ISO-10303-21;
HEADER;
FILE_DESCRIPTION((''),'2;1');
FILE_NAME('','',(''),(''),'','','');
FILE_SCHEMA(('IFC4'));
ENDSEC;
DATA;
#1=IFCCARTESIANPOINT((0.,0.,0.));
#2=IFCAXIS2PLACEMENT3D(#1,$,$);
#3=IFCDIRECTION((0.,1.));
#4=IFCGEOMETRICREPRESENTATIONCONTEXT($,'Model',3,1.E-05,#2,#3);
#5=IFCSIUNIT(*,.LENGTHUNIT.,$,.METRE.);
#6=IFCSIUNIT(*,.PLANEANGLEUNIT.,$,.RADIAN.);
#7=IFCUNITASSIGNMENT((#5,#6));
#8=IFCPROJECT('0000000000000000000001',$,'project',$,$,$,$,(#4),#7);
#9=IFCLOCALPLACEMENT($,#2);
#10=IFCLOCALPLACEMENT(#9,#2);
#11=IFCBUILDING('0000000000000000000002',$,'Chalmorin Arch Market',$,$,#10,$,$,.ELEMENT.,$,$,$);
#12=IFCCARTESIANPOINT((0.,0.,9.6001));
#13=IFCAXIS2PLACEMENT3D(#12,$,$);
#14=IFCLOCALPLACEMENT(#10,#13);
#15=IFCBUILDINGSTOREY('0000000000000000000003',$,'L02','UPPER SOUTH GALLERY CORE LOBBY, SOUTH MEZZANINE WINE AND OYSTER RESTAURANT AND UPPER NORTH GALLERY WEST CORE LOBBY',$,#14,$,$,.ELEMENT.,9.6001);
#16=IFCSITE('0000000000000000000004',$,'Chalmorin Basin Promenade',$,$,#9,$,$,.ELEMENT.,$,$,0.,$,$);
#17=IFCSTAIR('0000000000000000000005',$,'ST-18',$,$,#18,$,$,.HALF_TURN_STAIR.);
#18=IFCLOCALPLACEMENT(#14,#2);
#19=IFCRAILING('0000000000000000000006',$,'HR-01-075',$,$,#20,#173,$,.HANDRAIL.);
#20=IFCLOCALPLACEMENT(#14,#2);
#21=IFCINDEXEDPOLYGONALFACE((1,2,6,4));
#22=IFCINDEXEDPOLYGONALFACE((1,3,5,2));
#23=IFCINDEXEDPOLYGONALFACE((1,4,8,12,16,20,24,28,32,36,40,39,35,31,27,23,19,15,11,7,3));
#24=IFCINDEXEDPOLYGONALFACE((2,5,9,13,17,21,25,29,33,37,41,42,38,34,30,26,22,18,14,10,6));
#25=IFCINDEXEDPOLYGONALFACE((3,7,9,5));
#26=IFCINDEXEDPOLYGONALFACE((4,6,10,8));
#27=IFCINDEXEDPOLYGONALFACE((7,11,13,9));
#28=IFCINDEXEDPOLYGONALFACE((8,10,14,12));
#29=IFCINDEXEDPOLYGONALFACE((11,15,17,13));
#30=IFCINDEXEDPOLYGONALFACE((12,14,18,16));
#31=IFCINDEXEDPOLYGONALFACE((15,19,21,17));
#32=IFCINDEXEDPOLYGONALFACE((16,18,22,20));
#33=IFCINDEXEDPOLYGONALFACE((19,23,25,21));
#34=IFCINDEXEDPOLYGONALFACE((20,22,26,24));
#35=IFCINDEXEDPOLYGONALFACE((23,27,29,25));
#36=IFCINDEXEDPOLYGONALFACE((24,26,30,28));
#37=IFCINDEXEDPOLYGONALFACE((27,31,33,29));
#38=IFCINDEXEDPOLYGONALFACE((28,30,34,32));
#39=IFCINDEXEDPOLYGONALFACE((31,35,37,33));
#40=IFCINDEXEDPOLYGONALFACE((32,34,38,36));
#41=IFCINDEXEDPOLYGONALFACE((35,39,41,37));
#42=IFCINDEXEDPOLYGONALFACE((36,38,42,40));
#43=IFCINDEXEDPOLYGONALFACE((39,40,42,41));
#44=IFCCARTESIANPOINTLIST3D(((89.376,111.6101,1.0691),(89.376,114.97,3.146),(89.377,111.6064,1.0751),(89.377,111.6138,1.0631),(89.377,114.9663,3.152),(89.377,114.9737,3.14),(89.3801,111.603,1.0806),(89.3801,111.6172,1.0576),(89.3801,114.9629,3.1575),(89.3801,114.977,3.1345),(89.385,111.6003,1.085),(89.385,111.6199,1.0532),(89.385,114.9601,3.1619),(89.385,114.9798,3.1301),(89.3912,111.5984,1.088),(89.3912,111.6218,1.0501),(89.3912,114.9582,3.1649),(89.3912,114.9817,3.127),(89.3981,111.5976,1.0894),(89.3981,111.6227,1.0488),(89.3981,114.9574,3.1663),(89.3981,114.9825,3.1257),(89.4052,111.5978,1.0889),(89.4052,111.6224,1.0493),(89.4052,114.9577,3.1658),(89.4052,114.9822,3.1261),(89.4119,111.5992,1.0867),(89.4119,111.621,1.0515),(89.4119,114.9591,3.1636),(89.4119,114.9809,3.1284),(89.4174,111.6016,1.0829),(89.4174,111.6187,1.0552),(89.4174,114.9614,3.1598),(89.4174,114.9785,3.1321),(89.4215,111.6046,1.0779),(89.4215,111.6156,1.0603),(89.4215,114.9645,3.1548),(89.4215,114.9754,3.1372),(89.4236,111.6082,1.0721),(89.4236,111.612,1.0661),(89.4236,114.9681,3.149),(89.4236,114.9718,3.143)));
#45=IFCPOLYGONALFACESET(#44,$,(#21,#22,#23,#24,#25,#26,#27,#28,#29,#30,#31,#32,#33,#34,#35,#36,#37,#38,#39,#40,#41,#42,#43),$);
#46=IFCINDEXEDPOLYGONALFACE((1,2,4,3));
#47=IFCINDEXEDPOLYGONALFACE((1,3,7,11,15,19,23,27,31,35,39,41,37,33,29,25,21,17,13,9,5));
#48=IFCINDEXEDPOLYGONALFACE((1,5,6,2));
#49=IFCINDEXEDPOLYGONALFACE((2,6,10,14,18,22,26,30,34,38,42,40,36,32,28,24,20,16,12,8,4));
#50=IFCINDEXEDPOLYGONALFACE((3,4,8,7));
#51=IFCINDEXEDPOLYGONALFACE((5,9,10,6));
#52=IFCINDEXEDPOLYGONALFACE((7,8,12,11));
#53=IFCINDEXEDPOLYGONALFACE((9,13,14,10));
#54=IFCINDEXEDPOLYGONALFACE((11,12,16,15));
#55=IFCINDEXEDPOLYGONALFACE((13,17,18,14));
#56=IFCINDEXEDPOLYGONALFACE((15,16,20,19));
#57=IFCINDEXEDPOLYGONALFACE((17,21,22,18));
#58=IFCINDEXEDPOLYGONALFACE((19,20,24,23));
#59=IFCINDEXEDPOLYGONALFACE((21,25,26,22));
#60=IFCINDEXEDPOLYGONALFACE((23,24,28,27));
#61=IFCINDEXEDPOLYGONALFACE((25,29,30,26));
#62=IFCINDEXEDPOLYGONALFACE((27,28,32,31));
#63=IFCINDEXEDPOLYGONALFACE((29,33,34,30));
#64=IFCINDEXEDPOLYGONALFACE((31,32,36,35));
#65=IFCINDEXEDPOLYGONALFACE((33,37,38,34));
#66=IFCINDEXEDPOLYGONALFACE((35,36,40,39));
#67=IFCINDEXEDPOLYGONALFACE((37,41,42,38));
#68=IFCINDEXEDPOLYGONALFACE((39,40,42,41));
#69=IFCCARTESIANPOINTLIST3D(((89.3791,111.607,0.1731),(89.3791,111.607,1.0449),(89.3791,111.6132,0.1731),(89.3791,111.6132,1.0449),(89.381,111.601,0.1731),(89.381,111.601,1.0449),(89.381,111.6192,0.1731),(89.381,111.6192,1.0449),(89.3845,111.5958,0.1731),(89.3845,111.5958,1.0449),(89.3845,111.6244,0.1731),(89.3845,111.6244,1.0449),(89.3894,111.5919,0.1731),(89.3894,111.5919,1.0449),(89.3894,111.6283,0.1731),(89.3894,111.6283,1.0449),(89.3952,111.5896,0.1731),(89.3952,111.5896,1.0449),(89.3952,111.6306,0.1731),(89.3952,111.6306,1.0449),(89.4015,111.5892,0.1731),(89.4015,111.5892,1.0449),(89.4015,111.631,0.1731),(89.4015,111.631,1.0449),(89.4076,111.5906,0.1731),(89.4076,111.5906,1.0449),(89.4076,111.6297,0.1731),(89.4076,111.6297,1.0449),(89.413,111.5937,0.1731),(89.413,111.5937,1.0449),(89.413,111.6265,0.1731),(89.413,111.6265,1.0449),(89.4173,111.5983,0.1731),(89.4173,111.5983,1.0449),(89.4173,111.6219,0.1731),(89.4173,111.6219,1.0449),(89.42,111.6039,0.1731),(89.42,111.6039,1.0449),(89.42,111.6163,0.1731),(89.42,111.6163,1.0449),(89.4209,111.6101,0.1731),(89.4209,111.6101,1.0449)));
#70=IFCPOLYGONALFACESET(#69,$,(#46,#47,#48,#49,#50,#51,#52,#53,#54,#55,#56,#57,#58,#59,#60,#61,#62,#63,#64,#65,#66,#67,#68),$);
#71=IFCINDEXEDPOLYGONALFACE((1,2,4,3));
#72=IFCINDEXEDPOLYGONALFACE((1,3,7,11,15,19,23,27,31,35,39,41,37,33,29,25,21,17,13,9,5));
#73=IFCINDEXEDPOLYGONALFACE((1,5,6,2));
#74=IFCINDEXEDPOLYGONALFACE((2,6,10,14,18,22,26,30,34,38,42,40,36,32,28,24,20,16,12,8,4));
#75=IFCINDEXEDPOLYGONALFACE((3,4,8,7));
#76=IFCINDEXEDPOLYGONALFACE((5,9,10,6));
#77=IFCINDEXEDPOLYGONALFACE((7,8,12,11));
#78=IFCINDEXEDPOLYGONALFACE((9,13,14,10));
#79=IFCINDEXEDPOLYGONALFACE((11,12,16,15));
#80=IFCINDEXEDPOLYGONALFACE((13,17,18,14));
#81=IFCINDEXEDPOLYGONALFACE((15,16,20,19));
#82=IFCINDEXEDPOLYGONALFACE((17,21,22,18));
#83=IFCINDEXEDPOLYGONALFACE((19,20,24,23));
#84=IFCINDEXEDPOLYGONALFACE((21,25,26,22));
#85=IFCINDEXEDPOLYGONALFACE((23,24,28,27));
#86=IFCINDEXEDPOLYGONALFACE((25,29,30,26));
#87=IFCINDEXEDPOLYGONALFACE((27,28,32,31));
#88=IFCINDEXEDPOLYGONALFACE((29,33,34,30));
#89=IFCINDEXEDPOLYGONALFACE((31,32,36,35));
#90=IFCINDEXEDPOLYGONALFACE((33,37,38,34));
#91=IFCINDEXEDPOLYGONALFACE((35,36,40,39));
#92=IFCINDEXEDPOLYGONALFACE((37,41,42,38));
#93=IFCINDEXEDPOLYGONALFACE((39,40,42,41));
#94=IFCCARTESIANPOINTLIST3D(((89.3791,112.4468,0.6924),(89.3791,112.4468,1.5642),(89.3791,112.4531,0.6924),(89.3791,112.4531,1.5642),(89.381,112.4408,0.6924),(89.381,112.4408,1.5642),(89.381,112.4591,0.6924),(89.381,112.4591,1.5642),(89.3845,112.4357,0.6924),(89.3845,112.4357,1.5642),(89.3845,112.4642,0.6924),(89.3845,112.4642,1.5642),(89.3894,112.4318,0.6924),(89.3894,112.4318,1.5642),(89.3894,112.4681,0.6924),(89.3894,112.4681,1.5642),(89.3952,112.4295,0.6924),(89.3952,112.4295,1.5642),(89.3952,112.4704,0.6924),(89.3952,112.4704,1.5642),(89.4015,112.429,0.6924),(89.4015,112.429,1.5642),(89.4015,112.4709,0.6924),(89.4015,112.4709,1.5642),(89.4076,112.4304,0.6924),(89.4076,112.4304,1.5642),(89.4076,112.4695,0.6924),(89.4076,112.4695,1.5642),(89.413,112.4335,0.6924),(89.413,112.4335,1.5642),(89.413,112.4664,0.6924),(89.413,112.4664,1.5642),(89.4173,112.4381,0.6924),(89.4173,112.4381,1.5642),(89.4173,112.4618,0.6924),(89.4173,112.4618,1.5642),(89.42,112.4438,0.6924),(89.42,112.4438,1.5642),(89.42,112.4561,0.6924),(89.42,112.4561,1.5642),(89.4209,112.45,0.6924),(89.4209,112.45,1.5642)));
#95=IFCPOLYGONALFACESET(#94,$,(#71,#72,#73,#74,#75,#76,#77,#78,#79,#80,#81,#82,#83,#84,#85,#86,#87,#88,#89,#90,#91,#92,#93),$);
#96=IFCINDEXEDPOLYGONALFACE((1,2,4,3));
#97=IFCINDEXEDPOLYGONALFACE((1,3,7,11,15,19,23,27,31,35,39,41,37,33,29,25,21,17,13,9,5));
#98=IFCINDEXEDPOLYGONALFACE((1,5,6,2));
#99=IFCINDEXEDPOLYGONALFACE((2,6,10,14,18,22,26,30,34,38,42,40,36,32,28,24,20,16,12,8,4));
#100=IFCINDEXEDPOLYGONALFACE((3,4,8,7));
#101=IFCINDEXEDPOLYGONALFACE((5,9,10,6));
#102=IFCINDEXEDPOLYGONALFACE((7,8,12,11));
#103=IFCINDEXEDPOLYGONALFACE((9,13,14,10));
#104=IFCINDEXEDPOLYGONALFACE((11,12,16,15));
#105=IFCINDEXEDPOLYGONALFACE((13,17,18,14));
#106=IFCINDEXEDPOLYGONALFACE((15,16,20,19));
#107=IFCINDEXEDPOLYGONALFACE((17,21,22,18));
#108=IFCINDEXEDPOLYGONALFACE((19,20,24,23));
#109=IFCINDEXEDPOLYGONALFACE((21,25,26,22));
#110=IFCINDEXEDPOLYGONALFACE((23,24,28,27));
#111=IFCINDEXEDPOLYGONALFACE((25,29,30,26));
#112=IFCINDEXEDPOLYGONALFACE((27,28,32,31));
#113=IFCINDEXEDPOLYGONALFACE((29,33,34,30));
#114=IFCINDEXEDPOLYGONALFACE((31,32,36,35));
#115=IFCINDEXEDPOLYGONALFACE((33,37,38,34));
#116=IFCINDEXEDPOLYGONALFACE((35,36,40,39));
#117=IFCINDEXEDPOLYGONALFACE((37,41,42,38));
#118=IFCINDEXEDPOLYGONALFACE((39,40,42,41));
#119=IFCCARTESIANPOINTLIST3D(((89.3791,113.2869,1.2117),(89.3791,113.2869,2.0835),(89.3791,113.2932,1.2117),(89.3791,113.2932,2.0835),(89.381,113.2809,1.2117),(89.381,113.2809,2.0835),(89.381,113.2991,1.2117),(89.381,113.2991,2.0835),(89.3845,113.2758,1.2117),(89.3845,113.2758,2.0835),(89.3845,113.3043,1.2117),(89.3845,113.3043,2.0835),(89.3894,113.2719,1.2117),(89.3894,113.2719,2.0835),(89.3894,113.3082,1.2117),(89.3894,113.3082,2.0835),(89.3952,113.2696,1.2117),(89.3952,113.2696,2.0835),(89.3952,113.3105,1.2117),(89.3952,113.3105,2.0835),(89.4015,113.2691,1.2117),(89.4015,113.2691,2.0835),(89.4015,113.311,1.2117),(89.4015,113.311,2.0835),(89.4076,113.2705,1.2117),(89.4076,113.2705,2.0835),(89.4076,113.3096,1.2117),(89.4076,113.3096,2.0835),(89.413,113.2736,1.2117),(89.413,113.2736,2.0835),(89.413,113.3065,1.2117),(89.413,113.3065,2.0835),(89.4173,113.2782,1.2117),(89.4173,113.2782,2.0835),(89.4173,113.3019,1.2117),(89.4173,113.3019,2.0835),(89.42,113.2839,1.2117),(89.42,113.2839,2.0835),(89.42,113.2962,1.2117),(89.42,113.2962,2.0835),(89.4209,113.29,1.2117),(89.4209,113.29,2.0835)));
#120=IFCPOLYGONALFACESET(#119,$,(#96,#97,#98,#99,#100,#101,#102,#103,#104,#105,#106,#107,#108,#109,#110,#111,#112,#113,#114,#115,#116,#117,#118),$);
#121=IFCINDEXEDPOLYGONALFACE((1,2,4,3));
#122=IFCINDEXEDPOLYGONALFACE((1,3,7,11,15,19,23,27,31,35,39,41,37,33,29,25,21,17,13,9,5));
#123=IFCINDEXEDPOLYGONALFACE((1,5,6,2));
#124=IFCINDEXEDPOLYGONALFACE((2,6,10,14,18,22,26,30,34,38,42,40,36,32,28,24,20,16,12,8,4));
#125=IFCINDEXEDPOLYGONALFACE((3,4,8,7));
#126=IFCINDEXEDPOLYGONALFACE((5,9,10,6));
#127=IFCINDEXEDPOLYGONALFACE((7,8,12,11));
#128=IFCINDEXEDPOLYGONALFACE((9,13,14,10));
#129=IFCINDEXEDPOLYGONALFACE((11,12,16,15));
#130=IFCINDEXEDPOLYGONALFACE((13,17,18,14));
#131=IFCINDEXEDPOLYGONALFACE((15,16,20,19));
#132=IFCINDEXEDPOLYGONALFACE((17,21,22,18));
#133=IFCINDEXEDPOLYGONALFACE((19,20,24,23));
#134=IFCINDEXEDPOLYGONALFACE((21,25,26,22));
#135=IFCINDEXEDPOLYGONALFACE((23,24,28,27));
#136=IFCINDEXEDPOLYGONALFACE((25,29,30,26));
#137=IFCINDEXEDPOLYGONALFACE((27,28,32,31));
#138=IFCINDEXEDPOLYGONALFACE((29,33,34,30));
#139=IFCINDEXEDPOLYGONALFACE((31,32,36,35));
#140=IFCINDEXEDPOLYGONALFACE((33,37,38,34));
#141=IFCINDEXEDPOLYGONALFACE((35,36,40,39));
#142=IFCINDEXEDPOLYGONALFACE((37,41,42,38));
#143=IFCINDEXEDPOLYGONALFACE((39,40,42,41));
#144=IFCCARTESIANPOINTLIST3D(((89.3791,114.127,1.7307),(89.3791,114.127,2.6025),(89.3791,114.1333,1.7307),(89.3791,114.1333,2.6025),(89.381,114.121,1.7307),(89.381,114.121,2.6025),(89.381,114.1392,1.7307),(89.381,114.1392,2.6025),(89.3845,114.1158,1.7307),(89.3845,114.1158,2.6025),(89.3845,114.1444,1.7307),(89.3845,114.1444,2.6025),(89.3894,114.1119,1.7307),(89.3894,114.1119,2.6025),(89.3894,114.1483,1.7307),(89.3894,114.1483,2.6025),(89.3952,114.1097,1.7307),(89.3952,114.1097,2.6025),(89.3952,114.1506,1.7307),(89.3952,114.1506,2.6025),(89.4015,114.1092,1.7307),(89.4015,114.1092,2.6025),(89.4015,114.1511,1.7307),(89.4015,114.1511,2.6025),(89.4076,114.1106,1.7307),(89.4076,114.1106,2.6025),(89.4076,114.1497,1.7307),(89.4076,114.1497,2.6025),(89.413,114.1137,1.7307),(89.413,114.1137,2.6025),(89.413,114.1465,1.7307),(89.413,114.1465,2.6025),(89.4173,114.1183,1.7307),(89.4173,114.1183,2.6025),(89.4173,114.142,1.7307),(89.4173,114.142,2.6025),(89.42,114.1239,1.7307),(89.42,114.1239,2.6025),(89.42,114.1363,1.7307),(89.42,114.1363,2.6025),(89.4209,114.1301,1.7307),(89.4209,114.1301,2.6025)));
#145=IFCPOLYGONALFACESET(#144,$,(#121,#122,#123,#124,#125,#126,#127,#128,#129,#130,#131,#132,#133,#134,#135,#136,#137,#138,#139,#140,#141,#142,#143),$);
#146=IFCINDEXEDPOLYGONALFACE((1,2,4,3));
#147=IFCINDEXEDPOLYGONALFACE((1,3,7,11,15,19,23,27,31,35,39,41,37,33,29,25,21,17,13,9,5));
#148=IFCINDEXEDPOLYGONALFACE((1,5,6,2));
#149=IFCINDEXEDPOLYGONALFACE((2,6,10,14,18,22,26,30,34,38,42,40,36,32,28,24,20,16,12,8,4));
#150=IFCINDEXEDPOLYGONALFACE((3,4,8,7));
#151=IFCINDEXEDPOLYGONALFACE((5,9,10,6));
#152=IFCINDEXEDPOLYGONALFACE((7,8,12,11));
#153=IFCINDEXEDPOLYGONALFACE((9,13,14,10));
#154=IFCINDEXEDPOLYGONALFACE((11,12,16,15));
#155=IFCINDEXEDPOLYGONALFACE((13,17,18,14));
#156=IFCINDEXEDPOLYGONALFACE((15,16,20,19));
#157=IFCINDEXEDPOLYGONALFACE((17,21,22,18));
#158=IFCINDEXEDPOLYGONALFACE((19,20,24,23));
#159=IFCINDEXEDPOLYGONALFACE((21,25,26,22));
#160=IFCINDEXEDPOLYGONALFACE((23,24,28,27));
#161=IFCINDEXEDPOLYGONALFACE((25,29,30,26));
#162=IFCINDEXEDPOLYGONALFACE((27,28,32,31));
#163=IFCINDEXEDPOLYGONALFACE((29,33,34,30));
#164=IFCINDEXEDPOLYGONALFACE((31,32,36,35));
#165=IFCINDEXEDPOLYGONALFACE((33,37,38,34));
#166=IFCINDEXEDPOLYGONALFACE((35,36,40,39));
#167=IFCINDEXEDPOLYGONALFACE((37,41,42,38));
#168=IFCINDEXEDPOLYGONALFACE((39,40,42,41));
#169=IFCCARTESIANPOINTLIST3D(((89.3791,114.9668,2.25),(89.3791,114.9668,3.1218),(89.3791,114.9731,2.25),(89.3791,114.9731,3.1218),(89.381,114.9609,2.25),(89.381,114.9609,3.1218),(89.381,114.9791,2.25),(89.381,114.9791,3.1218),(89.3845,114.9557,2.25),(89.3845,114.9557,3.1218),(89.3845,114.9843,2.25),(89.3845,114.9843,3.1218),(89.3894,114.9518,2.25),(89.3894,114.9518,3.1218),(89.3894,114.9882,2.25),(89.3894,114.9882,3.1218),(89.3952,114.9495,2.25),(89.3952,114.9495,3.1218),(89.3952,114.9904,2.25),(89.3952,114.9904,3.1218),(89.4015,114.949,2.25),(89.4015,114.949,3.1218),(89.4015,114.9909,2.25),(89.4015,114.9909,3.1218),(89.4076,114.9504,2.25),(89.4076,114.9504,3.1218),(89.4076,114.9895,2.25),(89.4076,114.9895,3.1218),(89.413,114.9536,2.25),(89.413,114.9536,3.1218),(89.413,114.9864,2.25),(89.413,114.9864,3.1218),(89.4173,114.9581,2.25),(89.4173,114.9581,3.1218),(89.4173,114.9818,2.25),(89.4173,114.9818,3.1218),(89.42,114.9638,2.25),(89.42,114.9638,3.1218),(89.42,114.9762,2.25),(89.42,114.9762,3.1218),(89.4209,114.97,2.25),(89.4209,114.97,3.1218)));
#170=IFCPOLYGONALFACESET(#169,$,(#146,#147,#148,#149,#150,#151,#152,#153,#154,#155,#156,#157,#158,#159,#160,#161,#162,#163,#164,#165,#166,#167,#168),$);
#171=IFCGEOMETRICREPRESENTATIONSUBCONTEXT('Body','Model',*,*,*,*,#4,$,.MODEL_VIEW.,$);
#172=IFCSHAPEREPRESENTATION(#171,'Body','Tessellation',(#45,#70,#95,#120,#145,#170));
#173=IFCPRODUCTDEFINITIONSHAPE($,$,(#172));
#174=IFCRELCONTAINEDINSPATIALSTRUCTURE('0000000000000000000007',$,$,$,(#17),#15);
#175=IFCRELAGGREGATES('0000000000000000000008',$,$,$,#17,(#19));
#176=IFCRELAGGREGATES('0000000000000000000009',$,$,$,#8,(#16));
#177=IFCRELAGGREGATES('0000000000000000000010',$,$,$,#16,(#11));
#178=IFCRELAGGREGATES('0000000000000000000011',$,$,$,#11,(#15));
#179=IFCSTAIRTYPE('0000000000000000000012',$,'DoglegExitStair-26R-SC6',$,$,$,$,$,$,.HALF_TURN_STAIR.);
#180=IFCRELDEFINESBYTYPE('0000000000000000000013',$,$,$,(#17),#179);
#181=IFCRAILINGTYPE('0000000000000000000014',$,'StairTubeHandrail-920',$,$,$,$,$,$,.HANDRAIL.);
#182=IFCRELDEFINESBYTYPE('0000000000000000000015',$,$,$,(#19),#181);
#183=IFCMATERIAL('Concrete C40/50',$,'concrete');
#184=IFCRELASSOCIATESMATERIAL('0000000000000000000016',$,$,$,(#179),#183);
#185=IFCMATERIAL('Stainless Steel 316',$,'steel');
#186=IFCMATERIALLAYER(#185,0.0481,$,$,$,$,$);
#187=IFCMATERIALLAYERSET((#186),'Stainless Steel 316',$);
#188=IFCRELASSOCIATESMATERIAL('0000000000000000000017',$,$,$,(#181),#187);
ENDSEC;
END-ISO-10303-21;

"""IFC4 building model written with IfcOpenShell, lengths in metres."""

from ifc_helpers import new_model, si_unit, direction, frame, origin, origin_2d, place, context, subcontext, project, spatial, circle, extrude, material, layer, layer_set, type_object, element, aggregate, save


model = new_model("IFC4")

# Units and contexts
model_context = context("Model", 3, precision=1e-05, world=origin(), true_north=direction((0.0, 1.0)))
body_context = subcontext(model_context, "Body", "Model", "MODEL_VIEW")
ifc_project = project(units=[si_unit("LENGTHUNIT", "METRE"), si_unit("PLANEANGLEUNIT", "RADIAN")], contexts=[model_context])

# Site, building, storey
site_placement = place(None, origin())
site = spatial("IfcSite", under=ifc_project, at=site_placement, Name="Chalmorin Basin Promenade", CompositionType="ELEMENT", RefElevation=0.0)
building_placement = place(site_placement, origin())
building = spatial("IfcBuilding", under=site, at=building_placement, Name="Chalmorin Arch Market", CompositionType="ELEMENT")
storey_placement = place(building_placement, frame((0.0, 0.0, 9.6001)))
storey = spatial("IfcBuildingStorey", under=building, at=storey_placement, Name="L02", Description="UPPER SOUTH GALLERY CORE LOBBY, SOUTH MEZZANINE WINE AND OYSTER RESTAURANT AND UPPER NORTH GALLERY WEST CORE LOBBY", CompositionType="ELEMENT", Elevation=9.6001)

# Shared definitions
ifc_material_1 = material(Name="Concrete C40/50", Category="concrete")

# Stair, railing
stair_type = type_object("IfcStairType", Name="DoglegExitStair-26R-SC6", PredefinedType="HALF_TURN_STAIR", material=ifc_material_1)
stair_placement = place(storey_placement, origin())
stair = element("IfcStair", 1, at=stair_placement, inside=storey, type_object=stair_type, Name="ST-18", PredefinedType="HALF_TURN_STAIR")
ifc_material_2 = material(Name="Stainless Steel 316", Category="steel")
ifc_layer_1 = layer(ifc_material_2, 0.0481)
ifc_layer_set_1 = layer_set([ifc_layer_1], Name="Stainless Steel 316")
railing_type_1 = type_object("IfcRailingType", Name="StairTubeHandrail-920", PredefinedType="HANDRAIL", material=ifc_layer_set_1)
railing_1_placement = place(storey_placement, frame((89.3999, 111.6101, 0.1731)))
railing_1 = element("IfcRailing", 2, at=railing_1_placement, type_object=railing_type_1, Name="HR-01-075", PredefinedType="HANDRAIL", context=body_context, shape_type="SweptSolid", body=[
    extrude(circle(Radius=0.0239, at=origin_2d()), frame((0.0, 0.0, 0.896), z_axis=(0.0, 0.850606, 0.525803), x_axis=(-1.0, 0.0, 0.0)), (0.0, 0.0, 1.0), 3.95),
    extrude(circle(Radius=0.021, at=origin_2d()), origin(), (0.0, 0.0, 1.0), 0.8718),
    extrude(circle(Radius=0.021, at=origin_2d()), frame((0.0, 0.8398, 0.5193)), (0.0, 0.0, 1.0), 0.8718),
    extrude(circle(Radius=0.021, at=origin_2d()), frame((0.0, 1.6799, 1.0386)), (0.0, 0.0, 1.0), 0.8718),
    extrude(circle(Radius=0.021, at=origin_2d()), frame((0.0, 2.52, 1.5576)), (0.0, 0.0, 1.0), 0.8718),
    extrude(circle(Radius=0.021, at=origin_2d()), frame((0.0, 3.3599, 2.0769)), (0.0, 0.0, 1.0), 0.8718),
])
aggregate(stair, [railing_1])

save(model, "model.ifc")
